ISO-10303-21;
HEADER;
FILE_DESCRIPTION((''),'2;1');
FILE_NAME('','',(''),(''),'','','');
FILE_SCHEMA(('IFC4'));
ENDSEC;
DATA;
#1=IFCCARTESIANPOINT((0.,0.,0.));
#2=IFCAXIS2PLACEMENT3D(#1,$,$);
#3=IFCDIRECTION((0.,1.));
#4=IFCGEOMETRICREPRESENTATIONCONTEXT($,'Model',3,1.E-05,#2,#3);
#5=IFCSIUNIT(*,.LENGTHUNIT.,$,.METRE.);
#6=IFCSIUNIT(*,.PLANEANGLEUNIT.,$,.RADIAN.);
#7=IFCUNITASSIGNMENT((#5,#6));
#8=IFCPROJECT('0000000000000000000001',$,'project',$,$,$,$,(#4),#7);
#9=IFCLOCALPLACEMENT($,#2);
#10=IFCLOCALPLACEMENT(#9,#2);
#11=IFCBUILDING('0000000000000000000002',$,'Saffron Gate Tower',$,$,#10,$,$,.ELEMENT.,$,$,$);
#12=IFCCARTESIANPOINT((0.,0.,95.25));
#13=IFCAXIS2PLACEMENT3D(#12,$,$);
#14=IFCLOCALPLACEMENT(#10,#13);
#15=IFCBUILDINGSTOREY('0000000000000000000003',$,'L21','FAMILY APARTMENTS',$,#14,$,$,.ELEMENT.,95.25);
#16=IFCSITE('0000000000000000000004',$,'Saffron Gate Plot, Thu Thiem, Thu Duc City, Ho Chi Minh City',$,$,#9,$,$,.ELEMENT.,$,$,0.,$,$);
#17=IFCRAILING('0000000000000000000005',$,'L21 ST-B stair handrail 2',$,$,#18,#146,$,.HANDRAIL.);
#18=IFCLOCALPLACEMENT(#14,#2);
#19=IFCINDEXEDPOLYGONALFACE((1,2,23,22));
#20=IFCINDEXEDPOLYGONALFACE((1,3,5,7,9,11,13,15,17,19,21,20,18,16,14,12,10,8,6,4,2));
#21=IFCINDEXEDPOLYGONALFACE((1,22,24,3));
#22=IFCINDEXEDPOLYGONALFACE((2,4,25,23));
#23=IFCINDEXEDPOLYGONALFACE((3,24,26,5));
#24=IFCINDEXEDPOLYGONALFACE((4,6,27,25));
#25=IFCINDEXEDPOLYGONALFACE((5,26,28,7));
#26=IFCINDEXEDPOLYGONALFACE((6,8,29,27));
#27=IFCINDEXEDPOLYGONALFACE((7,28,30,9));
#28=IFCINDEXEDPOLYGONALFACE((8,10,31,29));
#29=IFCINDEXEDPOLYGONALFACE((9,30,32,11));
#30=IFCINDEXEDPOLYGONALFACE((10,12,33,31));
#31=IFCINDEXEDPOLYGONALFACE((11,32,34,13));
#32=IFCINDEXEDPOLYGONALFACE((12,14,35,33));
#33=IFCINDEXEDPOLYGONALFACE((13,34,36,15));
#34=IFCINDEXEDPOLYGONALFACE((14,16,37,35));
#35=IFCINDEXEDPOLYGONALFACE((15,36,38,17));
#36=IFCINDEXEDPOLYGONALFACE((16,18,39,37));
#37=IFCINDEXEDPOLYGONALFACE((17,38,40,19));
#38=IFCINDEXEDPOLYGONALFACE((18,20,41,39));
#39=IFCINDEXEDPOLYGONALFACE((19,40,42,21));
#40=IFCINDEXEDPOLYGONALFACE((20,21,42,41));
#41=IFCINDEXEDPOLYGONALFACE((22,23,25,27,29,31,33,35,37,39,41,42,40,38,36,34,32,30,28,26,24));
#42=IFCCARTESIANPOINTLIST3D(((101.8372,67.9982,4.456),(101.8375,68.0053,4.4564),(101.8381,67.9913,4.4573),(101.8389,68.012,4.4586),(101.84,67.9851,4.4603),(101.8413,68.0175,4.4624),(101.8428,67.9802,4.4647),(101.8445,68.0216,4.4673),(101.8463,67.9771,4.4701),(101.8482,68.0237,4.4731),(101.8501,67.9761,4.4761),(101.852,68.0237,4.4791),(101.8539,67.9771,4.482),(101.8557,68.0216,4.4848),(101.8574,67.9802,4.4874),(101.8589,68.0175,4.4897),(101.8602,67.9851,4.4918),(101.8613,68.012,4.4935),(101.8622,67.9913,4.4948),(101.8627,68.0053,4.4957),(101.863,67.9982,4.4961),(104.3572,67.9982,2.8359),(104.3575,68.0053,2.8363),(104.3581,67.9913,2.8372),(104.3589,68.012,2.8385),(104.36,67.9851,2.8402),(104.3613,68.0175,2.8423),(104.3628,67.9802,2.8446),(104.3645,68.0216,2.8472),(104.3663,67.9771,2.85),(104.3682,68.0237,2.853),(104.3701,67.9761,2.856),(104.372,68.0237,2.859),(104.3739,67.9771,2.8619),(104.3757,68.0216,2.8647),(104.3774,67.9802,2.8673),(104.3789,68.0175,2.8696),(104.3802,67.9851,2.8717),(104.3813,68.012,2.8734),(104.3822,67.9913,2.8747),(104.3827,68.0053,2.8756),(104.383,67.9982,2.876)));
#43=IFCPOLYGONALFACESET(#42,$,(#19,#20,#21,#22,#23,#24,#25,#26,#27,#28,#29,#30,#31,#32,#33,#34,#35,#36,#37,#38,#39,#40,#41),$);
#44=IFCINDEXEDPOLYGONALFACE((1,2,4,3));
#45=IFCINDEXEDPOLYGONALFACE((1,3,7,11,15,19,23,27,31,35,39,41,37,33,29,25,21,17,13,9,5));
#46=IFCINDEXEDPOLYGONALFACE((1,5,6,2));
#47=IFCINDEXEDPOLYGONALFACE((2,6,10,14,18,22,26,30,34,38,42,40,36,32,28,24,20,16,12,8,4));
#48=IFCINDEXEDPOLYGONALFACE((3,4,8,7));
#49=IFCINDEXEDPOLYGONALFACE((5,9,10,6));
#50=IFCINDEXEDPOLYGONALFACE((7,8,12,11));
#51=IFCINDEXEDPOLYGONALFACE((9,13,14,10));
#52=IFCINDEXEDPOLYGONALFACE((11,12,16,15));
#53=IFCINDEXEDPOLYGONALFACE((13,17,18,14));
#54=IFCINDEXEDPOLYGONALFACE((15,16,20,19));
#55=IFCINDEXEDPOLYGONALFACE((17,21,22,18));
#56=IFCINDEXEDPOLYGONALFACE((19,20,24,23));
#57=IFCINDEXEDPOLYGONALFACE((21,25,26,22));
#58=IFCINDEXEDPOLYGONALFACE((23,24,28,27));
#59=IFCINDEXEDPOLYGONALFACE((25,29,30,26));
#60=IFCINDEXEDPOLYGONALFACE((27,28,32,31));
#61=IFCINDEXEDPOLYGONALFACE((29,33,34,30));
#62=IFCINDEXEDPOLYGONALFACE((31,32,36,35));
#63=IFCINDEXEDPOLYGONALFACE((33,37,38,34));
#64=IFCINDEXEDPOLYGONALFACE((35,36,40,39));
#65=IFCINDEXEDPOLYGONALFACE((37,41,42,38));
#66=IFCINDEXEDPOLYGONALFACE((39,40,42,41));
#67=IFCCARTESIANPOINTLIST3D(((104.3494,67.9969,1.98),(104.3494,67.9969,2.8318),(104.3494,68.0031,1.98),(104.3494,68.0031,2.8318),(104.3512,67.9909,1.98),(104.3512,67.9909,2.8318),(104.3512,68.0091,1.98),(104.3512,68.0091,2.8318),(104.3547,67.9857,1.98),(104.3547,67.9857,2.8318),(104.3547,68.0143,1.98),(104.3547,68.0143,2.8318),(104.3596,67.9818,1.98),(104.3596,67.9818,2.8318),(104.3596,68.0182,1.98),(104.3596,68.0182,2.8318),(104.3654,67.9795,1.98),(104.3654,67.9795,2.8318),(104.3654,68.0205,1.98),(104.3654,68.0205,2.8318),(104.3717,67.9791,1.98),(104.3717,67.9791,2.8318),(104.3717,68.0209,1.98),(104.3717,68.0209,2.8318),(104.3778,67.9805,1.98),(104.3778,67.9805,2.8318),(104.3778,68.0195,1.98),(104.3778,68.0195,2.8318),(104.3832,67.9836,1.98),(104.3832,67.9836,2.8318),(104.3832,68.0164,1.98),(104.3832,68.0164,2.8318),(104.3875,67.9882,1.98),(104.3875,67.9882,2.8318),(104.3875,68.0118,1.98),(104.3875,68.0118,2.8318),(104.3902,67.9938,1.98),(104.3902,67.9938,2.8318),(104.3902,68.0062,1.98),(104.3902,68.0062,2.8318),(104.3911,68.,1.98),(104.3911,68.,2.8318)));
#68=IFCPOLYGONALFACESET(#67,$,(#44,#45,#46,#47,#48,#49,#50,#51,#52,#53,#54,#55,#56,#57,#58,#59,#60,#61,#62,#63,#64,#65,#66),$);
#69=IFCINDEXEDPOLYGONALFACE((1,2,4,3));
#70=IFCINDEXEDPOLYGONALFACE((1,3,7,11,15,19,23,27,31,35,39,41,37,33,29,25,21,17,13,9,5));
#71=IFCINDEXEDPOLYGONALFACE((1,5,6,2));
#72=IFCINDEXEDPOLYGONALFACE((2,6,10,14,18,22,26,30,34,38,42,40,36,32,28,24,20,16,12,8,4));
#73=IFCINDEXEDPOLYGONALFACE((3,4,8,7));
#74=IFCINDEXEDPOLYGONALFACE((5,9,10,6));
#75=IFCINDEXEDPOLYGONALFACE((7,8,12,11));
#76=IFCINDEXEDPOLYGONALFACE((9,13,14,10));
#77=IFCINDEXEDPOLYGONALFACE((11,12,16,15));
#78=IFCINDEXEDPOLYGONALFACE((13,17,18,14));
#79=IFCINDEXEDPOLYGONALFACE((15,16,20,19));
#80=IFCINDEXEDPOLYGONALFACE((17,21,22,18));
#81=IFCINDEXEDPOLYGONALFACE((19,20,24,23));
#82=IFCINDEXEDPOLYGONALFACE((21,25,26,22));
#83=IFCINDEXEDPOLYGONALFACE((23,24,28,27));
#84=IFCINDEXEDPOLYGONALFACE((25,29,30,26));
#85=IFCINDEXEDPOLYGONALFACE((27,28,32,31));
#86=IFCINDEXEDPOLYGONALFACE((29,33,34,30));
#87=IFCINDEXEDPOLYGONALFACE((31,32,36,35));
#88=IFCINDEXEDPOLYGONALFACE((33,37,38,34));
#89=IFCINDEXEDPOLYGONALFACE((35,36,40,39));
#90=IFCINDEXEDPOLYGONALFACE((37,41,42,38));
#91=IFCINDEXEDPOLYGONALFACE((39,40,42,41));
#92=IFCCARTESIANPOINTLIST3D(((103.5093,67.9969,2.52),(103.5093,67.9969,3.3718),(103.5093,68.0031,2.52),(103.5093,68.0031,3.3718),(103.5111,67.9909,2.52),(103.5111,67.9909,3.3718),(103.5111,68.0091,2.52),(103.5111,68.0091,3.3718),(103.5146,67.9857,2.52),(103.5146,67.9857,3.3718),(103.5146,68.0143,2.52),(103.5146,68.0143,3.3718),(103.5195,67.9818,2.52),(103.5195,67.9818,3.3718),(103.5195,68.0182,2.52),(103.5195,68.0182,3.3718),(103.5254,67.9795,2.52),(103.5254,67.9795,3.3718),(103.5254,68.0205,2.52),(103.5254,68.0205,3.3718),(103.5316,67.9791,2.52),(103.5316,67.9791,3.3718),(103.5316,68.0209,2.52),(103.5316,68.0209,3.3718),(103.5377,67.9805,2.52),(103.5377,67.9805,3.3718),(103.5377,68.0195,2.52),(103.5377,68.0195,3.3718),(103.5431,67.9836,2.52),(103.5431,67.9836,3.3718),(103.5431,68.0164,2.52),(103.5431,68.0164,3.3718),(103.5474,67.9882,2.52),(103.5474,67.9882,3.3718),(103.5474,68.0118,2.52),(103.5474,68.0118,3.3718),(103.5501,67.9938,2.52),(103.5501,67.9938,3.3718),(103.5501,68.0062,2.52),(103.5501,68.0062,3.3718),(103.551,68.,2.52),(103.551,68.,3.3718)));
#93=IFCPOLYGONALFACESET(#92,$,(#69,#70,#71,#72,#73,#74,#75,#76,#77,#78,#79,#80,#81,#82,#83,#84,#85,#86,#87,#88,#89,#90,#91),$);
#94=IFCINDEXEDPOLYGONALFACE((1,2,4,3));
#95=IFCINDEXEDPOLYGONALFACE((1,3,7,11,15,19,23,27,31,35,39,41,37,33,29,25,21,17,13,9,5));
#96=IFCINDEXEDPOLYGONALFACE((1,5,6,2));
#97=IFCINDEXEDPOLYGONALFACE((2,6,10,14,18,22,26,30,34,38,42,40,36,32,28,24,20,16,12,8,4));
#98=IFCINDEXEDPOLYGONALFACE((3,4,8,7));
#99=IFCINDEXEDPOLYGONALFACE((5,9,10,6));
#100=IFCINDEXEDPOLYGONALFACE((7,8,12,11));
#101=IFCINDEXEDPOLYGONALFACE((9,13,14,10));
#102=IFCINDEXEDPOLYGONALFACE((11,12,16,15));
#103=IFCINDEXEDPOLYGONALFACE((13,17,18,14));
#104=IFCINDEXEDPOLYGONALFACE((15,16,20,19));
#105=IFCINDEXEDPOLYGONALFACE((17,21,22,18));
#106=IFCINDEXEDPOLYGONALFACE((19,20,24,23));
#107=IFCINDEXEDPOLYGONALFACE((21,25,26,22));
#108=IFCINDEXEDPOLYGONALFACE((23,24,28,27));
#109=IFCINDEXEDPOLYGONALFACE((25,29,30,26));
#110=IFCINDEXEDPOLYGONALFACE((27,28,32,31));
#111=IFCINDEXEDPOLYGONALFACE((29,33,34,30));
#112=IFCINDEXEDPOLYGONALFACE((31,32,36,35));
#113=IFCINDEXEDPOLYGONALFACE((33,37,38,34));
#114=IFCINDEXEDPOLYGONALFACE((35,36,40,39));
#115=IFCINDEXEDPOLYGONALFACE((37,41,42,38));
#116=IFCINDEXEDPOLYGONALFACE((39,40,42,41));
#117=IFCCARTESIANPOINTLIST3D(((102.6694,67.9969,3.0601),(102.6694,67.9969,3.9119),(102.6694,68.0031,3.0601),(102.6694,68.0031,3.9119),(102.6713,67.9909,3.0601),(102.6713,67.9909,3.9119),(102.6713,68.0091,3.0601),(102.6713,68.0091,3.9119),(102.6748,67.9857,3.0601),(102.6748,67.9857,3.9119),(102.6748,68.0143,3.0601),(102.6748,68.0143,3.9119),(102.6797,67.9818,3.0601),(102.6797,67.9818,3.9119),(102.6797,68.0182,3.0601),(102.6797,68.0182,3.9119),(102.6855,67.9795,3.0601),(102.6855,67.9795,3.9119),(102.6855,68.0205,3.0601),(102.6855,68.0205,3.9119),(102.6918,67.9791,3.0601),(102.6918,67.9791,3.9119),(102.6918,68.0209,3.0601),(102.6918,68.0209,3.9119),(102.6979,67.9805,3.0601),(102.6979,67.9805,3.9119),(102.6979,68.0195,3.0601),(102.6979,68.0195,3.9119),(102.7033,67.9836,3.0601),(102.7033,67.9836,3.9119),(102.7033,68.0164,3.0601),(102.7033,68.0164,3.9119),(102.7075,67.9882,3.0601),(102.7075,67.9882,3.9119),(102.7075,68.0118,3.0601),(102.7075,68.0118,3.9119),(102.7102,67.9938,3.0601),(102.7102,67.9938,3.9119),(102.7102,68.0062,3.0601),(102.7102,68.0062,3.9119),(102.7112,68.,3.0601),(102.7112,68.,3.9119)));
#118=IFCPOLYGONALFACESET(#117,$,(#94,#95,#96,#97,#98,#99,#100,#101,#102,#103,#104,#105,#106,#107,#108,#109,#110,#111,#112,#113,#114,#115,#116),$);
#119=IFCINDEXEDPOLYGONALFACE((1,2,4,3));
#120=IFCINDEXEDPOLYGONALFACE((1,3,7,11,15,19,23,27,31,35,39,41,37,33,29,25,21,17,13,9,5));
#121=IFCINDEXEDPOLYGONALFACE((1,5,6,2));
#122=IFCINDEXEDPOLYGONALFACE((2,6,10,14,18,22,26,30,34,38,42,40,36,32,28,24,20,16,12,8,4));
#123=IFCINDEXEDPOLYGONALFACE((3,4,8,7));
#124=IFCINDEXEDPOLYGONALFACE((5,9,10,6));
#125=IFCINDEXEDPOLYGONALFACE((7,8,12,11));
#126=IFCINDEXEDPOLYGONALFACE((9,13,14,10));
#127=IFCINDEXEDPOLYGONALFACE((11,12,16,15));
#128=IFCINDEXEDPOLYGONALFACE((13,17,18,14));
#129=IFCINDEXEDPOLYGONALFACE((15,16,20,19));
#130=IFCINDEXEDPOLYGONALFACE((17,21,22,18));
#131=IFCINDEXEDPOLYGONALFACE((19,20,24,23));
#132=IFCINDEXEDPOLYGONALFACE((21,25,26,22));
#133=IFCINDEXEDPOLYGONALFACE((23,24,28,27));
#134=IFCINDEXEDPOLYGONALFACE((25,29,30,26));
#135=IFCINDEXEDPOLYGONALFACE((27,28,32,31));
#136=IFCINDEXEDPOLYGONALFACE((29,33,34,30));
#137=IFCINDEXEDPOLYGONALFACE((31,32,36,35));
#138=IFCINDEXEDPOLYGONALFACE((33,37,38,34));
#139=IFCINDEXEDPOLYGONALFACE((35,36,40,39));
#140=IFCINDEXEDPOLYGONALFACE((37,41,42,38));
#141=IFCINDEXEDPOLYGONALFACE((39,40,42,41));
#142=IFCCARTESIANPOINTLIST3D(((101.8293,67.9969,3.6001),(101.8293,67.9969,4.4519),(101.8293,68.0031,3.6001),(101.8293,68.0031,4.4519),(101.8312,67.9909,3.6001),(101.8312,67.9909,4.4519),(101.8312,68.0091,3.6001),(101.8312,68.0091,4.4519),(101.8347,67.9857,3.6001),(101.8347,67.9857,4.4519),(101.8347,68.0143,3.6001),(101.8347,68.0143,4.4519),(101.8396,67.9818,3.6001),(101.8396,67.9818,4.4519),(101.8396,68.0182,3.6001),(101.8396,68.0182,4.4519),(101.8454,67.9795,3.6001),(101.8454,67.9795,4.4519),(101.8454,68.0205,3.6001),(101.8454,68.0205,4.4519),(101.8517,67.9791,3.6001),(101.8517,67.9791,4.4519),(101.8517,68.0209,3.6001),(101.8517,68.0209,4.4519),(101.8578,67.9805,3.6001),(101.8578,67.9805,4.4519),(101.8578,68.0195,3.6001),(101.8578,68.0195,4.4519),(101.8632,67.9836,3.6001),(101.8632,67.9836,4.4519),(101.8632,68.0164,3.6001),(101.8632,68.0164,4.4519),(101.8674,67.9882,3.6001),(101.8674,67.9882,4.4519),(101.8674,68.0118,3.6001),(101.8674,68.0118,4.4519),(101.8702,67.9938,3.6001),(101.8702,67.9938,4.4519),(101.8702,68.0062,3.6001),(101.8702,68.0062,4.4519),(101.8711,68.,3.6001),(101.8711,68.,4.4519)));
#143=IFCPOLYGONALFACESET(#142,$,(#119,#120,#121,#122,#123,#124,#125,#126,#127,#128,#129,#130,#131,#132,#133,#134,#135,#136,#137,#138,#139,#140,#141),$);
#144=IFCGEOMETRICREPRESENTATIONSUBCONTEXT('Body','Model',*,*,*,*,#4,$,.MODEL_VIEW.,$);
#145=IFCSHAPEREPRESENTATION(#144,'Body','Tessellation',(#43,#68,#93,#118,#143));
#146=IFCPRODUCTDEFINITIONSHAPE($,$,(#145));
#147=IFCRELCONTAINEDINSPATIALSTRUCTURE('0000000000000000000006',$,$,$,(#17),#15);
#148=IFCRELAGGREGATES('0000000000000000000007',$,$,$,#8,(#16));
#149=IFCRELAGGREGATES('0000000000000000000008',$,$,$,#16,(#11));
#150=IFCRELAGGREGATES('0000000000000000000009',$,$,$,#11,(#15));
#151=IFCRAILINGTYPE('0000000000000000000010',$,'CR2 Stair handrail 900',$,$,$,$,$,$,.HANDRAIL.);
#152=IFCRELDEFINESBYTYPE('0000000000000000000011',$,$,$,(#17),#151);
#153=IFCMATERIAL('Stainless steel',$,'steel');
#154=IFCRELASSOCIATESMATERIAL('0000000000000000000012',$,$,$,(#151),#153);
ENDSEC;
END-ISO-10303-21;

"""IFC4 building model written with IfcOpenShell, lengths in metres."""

from ifc_helpers import new_model, si_unit, direction, frame, origin, origin_2d, place, context, subcontext, project, spatial, circle, extrude, material, type_object, element, save


model = new_model("IFC4")

# Units and contexts
model_context = context("Model", 3, precision=1e-05, world=origin(), true_north=direction((0.0, 1.0)))
body_context = subcontext(model_context, "Body", "Model", "MODEL_VIEW")
ifc_project = project(units=[si_unit("LENGTHUNIT", "METRE"), si_unit("PLANEANGLEUNIT", "RADIAN")], contexts=[model_context])

# Site, building, storey
site_placement = place(None, origin())
site = spatial("IfcSite", under=ifc_project, at=site_placement, Name="Saffron Gate Plot, Thu Thiem, Thu Duc City, Ho Chi Minh City", CompositionType="ELEMENT", RefElevation=0.0)
building_placement = place(site_placement, origin())
building = spatial("IfcBuilding", under=site, at=building_placement, Name="Saffron Gate Tower", CompositionType="ELEMENT")
storey_placement = place(building_placement, frame((0.0, 0.0, 95.25)))
storey = spatial("IfcBuildingStorey", under=building, at=storey_placement, Name="L21", Description="FAMILY APARTMENTS", CompositionType="ELEMENT", Elevation=95.25)

# Railing
ifc_material_1 = material(Name="Stainless steel", Category="steel")
railing_type_1 = type_object("IfcRailingType", Name="CR2 Stair handrail 900", PredefinedType="HANDRAIL", material=ifc_material_1)
railing_1_placement = place(storey_placement, frame((104.3701, 68.0, 1.98)))
element("IfcRailing", 1, at=railing_1_placement, inside=storey, type_object=railing_type_1, Name="L21 ST-B stair handrail 2", PredefinedType="HANDRAIL", context=body_context, shape_type="SweptSolid", body=[
    extrude(circle(Radius=0.0239, at=origin_2d()), frame((0.0, 0.0, 0.876), z_axis=(-0.841163, 0.0, 0.540782), x_axis=(0.0, -1.0, 0.0)), (0.0, 0.0, 1.0), 2.9958),
    extrude(circle(Radius=0.021, at=origin_2d()), origin(), (0.0, 0.0, 1.0), 0.8518),
    extrude(circle(Radius=0.021, at=origin_2d()), frame((-0.8401, 0.0, 0.54)), (0.0, 0.0, 1.0), 0.8518),
    extrude(circle(Radius=0.021, at=origin_2d()), frame((-1.6799, 0.0, 1.0801)), (0.0, 0.0, 1.0), 0.8518),
    extrude(circle(Radius=0.021, at=origin_2d()), frame((-2.52, 0.0, 1.6201)), (0.0, 0.0, 1.0), 0.8518),
])

save(model, "model.ifc")
